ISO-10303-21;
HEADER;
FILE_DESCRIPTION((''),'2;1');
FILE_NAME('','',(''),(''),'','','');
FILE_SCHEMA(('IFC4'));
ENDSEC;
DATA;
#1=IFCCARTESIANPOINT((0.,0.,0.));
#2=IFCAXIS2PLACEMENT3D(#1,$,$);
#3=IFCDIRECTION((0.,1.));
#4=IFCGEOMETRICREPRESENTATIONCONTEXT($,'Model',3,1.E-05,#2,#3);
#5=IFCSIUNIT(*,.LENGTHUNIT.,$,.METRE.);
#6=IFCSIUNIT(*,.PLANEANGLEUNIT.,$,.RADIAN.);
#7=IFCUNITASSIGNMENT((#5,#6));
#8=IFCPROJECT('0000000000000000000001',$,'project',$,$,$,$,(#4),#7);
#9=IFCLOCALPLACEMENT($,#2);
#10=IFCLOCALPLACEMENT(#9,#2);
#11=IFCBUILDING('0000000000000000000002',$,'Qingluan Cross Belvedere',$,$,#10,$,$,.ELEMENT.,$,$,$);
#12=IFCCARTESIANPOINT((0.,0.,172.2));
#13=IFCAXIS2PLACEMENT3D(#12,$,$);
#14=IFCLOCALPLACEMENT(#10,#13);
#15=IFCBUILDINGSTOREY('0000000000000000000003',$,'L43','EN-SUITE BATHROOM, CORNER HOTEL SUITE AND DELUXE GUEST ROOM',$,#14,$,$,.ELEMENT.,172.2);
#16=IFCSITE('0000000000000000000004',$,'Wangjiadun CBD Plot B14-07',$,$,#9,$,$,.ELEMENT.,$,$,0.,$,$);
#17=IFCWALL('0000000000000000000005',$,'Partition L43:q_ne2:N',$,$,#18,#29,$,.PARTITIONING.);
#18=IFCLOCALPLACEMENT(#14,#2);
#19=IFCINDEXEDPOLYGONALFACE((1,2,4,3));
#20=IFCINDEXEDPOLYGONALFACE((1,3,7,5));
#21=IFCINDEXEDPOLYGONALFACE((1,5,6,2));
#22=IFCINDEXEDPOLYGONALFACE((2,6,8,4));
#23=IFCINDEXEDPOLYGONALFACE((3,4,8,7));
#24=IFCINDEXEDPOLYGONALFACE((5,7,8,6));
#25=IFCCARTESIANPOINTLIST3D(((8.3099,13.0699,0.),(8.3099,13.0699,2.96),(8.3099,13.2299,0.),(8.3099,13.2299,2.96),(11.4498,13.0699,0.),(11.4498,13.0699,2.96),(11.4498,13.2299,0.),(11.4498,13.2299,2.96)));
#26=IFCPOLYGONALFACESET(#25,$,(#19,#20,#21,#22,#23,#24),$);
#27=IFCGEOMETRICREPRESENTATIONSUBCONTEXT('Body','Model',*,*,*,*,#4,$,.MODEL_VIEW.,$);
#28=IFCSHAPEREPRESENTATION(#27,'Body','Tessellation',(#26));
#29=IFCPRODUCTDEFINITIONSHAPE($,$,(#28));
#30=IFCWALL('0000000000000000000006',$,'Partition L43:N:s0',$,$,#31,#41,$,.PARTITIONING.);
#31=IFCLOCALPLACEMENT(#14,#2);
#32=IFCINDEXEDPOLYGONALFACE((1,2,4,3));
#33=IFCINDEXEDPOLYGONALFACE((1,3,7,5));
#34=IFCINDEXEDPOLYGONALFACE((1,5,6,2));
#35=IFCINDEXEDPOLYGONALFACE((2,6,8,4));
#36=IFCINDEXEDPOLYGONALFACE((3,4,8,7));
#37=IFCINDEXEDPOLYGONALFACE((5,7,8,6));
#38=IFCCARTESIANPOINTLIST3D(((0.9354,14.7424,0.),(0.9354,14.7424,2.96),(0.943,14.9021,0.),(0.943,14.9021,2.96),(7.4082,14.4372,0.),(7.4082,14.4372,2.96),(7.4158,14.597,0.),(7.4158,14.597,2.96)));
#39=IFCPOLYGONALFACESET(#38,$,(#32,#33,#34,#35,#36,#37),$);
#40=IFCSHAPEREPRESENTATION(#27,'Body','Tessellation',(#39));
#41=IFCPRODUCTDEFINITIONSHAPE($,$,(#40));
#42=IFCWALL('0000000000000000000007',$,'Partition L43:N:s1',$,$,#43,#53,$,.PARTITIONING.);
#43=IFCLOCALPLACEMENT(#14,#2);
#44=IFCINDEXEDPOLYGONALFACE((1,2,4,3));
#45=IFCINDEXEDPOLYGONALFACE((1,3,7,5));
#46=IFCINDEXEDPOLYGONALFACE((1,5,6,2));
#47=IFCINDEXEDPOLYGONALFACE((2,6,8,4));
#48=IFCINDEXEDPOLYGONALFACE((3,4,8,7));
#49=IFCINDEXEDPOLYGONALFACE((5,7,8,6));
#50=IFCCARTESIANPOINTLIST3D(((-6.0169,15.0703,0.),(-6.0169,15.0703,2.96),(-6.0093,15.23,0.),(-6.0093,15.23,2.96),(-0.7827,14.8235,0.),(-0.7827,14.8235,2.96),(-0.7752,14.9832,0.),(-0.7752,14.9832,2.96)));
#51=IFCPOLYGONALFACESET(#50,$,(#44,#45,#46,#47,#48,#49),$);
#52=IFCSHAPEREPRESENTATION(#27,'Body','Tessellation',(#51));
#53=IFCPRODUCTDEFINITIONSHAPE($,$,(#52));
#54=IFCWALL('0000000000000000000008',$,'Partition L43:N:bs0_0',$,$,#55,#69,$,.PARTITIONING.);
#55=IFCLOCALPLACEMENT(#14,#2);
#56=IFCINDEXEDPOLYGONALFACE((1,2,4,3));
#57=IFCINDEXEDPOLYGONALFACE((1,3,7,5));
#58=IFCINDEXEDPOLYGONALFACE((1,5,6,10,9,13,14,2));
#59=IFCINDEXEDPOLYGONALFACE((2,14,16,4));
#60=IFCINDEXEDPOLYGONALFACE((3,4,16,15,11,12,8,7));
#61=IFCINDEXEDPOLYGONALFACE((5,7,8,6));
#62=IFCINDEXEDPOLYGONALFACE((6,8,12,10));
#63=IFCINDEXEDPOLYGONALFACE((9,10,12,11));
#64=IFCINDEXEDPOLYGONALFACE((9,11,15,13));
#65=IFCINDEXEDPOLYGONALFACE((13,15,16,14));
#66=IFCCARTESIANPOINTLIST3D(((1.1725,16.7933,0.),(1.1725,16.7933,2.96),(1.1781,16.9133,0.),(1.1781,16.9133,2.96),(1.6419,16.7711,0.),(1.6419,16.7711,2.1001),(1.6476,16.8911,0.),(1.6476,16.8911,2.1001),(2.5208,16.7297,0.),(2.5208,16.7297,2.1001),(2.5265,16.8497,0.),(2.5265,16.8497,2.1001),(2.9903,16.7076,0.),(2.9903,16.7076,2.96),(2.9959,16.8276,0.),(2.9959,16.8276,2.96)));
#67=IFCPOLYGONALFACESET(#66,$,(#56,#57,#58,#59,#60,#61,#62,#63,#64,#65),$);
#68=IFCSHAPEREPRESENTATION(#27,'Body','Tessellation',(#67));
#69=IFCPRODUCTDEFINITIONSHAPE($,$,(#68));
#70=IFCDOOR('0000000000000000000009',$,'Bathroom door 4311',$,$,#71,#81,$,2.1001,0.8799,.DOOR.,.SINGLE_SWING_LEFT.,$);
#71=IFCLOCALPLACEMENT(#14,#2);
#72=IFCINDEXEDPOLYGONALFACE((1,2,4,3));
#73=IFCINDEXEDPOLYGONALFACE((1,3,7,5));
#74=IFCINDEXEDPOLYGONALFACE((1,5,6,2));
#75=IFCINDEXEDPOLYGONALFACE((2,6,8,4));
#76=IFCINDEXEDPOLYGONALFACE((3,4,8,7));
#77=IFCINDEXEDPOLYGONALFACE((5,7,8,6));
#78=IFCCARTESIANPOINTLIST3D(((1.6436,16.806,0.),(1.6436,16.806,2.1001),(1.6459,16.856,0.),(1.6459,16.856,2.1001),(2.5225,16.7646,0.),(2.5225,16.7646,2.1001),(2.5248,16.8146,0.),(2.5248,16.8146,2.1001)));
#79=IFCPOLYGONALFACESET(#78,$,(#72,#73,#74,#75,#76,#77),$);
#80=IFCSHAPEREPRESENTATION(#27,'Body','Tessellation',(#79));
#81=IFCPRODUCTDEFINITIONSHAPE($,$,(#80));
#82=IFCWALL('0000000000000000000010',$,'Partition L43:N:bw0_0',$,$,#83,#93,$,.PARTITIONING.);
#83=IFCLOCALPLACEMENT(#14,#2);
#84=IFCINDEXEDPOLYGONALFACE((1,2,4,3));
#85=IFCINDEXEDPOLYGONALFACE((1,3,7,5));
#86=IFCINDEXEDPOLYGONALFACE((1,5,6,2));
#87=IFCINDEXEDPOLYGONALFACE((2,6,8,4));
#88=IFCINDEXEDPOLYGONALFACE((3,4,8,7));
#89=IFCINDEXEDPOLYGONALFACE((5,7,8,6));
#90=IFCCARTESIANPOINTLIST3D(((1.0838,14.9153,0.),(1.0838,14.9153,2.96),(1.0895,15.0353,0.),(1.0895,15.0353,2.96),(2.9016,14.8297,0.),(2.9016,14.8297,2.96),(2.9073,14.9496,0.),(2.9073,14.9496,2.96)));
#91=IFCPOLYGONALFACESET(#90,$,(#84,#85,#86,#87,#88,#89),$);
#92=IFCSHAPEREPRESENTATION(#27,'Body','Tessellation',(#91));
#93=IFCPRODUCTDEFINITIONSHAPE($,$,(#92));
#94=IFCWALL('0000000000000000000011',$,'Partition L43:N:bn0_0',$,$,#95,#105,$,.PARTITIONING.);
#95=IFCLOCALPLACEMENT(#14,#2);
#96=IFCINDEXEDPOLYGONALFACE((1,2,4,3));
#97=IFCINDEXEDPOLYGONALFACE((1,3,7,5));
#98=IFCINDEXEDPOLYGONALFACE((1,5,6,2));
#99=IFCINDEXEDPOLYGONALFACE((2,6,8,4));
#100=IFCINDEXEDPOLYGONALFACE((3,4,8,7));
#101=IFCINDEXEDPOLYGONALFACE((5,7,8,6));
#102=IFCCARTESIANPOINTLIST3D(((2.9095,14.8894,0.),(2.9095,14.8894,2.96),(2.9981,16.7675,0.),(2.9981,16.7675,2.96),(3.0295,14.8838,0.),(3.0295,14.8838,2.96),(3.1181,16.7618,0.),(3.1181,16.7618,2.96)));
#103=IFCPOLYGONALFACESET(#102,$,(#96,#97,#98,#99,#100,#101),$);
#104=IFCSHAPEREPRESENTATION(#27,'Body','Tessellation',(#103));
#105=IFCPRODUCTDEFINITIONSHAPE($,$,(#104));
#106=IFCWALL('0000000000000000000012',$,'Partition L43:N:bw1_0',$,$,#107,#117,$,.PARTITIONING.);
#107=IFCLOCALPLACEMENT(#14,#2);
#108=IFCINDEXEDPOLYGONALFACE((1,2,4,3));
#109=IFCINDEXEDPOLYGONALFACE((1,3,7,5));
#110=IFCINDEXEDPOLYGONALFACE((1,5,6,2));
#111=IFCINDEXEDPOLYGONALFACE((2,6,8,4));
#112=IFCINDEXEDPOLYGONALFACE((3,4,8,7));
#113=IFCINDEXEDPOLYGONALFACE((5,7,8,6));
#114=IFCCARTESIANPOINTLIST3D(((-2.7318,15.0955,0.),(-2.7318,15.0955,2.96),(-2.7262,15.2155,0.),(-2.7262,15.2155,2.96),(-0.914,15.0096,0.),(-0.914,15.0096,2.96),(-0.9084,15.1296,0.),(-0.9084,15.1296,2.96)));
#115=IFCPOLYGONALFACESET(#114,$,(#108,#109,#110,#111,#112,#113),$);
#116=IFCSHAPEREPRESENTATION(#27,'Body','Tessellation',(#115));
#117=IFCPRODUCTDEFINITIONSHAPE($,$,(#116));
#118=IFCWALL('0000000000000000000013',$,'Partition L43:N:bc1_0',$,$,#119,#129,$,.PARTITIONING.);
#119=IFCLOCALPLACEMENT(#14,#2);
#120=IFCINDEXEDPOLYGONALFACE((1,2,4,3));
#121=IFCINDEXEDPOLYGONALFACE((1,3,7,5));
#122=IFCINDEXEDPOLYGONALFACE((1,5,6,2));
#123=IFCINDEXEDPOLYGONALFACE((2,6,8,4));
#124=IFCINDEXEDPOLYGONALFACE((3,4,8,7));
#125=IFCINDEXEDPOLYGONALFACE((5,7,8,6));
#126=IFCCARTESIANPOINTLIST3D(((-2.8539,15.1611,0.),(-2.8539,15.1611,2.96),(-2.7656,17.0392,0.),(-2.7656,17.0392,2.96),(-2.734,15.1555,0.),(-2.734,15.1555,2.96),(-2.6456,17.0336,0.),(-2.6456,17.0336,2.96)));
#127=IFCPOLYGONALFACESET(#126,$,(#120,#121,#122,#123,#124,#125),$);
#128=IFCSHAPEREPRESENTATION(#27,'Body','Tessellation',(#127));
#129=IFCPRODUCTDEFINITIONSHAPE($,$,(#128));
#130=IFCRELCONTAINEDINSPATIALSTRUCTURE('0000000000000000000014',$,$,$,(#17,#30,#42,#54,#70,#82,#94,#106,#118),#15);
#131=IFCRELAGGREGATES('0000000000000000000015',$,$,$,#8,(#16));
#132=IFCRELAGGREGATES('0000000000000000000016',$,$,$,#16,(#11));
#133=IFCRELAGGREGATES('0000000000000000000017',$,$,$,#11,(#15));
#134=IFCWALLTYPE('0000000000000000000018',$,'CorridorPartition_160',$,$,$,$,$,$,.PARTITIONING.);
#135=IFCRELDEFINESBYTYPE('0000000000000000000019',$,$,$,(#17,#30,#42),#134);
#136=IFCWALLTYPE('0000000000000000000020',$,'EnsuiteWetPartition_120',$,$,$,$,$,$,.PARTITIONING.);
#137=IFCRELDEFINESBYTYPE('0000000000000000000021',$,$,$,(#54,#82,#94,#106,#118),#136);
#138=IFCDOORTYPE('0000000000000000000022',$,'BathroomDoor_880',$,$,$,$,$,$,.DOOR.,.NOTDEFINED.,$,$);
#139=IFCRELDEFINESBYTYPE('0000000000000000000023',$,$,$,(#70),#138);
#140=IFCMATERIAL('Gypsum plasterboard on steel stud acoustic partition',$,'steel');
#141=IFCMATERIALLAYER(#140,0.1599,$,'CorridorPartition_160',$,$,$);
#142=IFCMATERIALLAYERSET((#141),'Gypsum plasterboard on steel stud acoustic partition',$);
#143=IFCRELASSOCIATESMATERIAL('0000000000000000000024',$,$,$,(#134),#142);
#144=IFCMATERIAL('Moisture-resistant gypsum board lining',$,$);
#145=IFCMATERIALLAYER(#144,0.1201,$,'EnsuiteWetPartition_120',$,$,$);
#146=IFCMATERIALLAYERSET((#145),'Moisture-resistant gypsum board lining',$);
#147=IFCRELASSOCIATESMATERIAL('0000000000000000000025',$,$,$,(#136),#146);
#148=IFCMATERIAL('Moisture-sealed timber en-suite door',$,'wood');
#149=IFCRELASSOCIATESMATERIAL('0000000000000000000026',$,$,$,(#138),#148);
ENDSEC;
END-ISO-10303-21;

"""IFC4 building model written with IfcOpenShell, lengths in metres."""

from ifc_helpers import new_model, si_unit, direction, frame, frame_2d, origin, place, context, subcontext, project, spatial, rectangle, extrude, material, layer, layer_set, type_object, element, fill, save


model = new_model("IFC4")

# Units and contexts
model_context = context("Model", 3, precision=1e-05, world=origin(), true_north=direction((0.0, 1.0)))
body_context = subcontext(model_context, "Body", "Model", "MODEL_VIEW")
ifc_project = project(units=[si_unit("LENGTHUNIT", "METRE"), si_unit("PLANEANGLEUNIT", "RADIAN")], contexts=[model_context])

# Site, building, storey
site_placement = place(None, origin())
site = spatial("IfcSite", under=ifc_project, at=site_placement, Name="Wangjiadun CBD Plot B14-07", CompositionType="ELEMENT", RefElevation=0.0)
building_placement = place(site_placement, origin())
building = spatial("IfcBuilding", under=site, at=building_placement, Name="Qingluan Cross Belvedere", CompositionType="ELEMENT")
storey_placement = place(building_placement, frame((0.0, 0.0, 172.2)))
storey = spatial("IfcBuildingStorey", under=building, at=storey_placement, Name="L43", Description="EN-SUITE BATHROOM, CORNER HOTEL SUITE AND DELUXE GUEST ROOM", CompositionType="ELEMENT", Elevation=172.2)

# Wall
ifc_material_1 = material(Name="Gypsum plasterboard on steel stud acoustic partition", Category="steel")
ifc_layer_1 = layer(ifc_material_1, 0.1599, Name="CorridorPartition_160")
ifc_layer_set_1 = layer_set([ifc_layer_1], Name="Gypsum plasterboard on steel stud acoustic partition")
wall_type_1 = type_object("IfcWallType", Name="CorridorPartition_160", PredefinedType="PARTITIONING", material=ifc_layer_set_1)
wall_1_placement = place(storey_placement, frame((8.3101, 13.1499, 0.0), z_axis=(0.0, 0.0, 1.0), x_axis=(1.0, 0.0, 0.0)))
element("IfcWall", 1, at=wall_1_placement, inside=storey, type_object=wall_type_1, Name="Partition L43:q_ne2:N", PredefinedType="PARTITIONING", context=body_context, shape_type="SweptSolid", body=[
    extrude(rectangle(XDim=3.1399, YDim=0.1599, at=frame_2d((1.5698, 0.0))), origin(), (0.0, 0.0, 1.0), 2.96),
])

# Wall
wall_2_placement = place(storey_placement, frame((0.9392, 14.8223, 0.0), z_axis=(0.0, 0.0, 1.0), x_axis=(0.99889, -0.047094, 0.0)))
element("IfcWall", 2, at=wall_2_placement, inside=storey, type_object=wall_type_1, Name="Partition L43:N:s0", PredefinedType="PARTITIONING", context=body_context, shape_type="SweptSolid", body=[
    extrude(rectangle(XDim=6.48, YDim=0.1599, at=frame_2d((3.24, 0.0))), origin(), (0.0, 0.0, 1.0), 2.96),
])

# Wall
wall_3_placement = place(storey_placement, frame((-0.7788, 14.9033, 0.0), z_axis=(0.0, 0.0, 1.0), x_axis=(-0.99889, 0.047105, 0.0)))
element("IfcWall", 3, at=wall_3_placement, inside=storey, type_object=wall_type_1, Name="Partition L43:N:s1", PredefinedType="PARTITIONING", context=body_context, shape_type="SweptSolid", body=[
    extrude(rectangle(XDim=5.24, YDim=0.1599, at=frame_2d((2.6201, 0.0))), origin(), (0.0, 0.0, 1.0), 2.96),
])

# Wall, opening, door
ifc_material_2 = material(Name="Moisture-resistant gypsum board lining")
ifc_layer_2 = layer(ifc_material_2, 0.1201, Name="EnsuiteWetPartition_120")
ifc_layer_set_2 = layer_set([ifc_layer_2], Name="Moisture-resistant gypsum board lining")
wall_type_2 = type_object("IfcWallType", Name="EnsuiteWetPartition_120", PredefinedType="PARTITIONING", material=ifc_layer_set_2)
wall_4_placement = place(storey_placement, frame((1.1753, 16.8533, 0.0), z_axis=(0.0, 0.0, 1.0), x_axis=(0.998891, -0.047087, 0.0)))
wall_4 = element("IfcWall", 4, at=wall_4_placement, inside=storey, type_object=wall_type_2, Name="Partition L43:N:bs0_0", PredefinedType="PARTITIONING", context=body_context, shape_type="SweptSolid", body=[
    extrude(rectangle(XDim=1.8198, YDim=0.1201, at=frame_2d((0.9099, 0.0))), origin(), (0.0, 0.0, 1.0), 2.96),
])
opening_1_placement = place(wall_4_placement, frame((0.47, 0.0, 0.0)))
opening_1 = element("IfcOpeningElement", 5, at=opening_1_placement, cuts=wall_4, PredefinedType="OPENING", context=body_context, shape_type="SweptSolid", body=[
    extrude(rectangle(XDim=0.8799, YDim=2.1001, at=frame_2d((0.4399, 1.05))), frame((0.0, 0.0701, 0.0), z_axis=(0.0, -1.0, 0.0), x_axis=(1.0, 0.0, 0.0)), (0.0, 0.0, 1.0), 0.1401),
])
ifc_material_3 = material(Name="Moisture-sealed timber en-suite door", Category="wood")
door_type_1 = type_object("IfcDoorType", Name="BathroomDoor_880", OperationType="NOTDEFINED", PredefinedType="DOOR", material=ifc_material_3)
door_1_placement = place(opening_1_placement, origin())
door_1 = element("IfcDoor", 6, at=door_1_placement, inside=storey, type_object=door_type_1, Name="Bathroom door 4311", OperationType="SINGLE_SWING_LEFT", OverallHeight=2.1001, OverallWidth=0.8799, PredefinedType="DOOR", context=body_context, shape_type="SweptSolid", body=[
    extrude(rectangle(XDim=0.8799, YDim=2.1001, at=frame_2d((0.4399, 1.05))), frame((0.0, 0.0249, 0.0), z_axis=(0.0, -1.0, 0.0), x_axis=(1.0, 0.0, 0.0)), (0.0, 0.0, 1.0), 0.05),
])
fill(opening_1, door_1)

# Walls
wall_5_placement = place(storey_placement, frame((1.0867, 14.9753, 0.0), z_axis=(0.0, 0.0, 1.0), x_axis=(0.998891, -0.047087, 0.0)))
element("IfcWall", 7, at=wall_5_placement, inside=storey, type_object=wall_type_2, Name="Partition L43:N:bw0_0", PredefinedType="PARTITIONING", context=body_context, shape_type="SweptSolid", body=[
    extrude(rectangle(XDim=1.8198, YDim=0.1201, at=frame_2d((0.9099, 0.0))), origin(), (0.0, 0.0, 1.0), 2.96),
])
wall_6_placement = place(storey_placement, frame((2.9695, 14.8867, 0.0), z_axis=(0.0, 0.0, 1.0), x_axis=(0.047139, 0.998888, 0.0)))
element("IfcWall", 8, at=wall_6_placement, inside=storey, type_object=wall_type_2, Name="Partition L43:N:bn0_0", PredefinedType="PARTITIONING", context=body_context, shape_type="SweptSolid", body=[
    extrude(rectangle(XDim=1.8801, YDim=0.1201, at=frame_2d((0.9399, 0.0))), origin(), (0.0, 0.0, 1.0), 2.96),
])
wall_7_placement = place(storey_placement, frame((-2.729, 15.1555, 0.0), z_axis=(0.0, 0.0, 1.0), x_axis=(0.998884, -0.047221, 0.0)))
element("IfcWall", 9, at=wall_7_placement, inside=storey, type_object=wall_type_2, Name="Partition L43:N:bw1_0", PredefinedType="PARTITIONING", context=body_context, shape_type="SweptSolid", body=[
    extrude(rectangle(XDim=1.8198, YDim=0.1201, at=frame_2d((0.9099, 0.0))), origin(), (0.0, 0.0, 1.0), 2.96),
])
wall_8_placement = place(storey_placement, frame((-2.7939, 15.1584, 0.0), z_axis=(0.0, 0.0, 1.0), x_axis=(0.04701, 0.998894, 0.0)))
element("IfcWall", 10, at=wall_8_placement, inside=storey, type_object=wall_type_2, Name="Partition L43:N:bc1_0", PredefinedType="PARTITIONING", context=body_context, shape_type="SweptSolid", body=[
    extrude(rectangle(XDim=1.8801, YDim=0.1201, at=frame_2d((0.9399, 0.0))), origin(), (0.0, 0.0, 1.0), 2.96),
])

save(model, "model.ifc")
